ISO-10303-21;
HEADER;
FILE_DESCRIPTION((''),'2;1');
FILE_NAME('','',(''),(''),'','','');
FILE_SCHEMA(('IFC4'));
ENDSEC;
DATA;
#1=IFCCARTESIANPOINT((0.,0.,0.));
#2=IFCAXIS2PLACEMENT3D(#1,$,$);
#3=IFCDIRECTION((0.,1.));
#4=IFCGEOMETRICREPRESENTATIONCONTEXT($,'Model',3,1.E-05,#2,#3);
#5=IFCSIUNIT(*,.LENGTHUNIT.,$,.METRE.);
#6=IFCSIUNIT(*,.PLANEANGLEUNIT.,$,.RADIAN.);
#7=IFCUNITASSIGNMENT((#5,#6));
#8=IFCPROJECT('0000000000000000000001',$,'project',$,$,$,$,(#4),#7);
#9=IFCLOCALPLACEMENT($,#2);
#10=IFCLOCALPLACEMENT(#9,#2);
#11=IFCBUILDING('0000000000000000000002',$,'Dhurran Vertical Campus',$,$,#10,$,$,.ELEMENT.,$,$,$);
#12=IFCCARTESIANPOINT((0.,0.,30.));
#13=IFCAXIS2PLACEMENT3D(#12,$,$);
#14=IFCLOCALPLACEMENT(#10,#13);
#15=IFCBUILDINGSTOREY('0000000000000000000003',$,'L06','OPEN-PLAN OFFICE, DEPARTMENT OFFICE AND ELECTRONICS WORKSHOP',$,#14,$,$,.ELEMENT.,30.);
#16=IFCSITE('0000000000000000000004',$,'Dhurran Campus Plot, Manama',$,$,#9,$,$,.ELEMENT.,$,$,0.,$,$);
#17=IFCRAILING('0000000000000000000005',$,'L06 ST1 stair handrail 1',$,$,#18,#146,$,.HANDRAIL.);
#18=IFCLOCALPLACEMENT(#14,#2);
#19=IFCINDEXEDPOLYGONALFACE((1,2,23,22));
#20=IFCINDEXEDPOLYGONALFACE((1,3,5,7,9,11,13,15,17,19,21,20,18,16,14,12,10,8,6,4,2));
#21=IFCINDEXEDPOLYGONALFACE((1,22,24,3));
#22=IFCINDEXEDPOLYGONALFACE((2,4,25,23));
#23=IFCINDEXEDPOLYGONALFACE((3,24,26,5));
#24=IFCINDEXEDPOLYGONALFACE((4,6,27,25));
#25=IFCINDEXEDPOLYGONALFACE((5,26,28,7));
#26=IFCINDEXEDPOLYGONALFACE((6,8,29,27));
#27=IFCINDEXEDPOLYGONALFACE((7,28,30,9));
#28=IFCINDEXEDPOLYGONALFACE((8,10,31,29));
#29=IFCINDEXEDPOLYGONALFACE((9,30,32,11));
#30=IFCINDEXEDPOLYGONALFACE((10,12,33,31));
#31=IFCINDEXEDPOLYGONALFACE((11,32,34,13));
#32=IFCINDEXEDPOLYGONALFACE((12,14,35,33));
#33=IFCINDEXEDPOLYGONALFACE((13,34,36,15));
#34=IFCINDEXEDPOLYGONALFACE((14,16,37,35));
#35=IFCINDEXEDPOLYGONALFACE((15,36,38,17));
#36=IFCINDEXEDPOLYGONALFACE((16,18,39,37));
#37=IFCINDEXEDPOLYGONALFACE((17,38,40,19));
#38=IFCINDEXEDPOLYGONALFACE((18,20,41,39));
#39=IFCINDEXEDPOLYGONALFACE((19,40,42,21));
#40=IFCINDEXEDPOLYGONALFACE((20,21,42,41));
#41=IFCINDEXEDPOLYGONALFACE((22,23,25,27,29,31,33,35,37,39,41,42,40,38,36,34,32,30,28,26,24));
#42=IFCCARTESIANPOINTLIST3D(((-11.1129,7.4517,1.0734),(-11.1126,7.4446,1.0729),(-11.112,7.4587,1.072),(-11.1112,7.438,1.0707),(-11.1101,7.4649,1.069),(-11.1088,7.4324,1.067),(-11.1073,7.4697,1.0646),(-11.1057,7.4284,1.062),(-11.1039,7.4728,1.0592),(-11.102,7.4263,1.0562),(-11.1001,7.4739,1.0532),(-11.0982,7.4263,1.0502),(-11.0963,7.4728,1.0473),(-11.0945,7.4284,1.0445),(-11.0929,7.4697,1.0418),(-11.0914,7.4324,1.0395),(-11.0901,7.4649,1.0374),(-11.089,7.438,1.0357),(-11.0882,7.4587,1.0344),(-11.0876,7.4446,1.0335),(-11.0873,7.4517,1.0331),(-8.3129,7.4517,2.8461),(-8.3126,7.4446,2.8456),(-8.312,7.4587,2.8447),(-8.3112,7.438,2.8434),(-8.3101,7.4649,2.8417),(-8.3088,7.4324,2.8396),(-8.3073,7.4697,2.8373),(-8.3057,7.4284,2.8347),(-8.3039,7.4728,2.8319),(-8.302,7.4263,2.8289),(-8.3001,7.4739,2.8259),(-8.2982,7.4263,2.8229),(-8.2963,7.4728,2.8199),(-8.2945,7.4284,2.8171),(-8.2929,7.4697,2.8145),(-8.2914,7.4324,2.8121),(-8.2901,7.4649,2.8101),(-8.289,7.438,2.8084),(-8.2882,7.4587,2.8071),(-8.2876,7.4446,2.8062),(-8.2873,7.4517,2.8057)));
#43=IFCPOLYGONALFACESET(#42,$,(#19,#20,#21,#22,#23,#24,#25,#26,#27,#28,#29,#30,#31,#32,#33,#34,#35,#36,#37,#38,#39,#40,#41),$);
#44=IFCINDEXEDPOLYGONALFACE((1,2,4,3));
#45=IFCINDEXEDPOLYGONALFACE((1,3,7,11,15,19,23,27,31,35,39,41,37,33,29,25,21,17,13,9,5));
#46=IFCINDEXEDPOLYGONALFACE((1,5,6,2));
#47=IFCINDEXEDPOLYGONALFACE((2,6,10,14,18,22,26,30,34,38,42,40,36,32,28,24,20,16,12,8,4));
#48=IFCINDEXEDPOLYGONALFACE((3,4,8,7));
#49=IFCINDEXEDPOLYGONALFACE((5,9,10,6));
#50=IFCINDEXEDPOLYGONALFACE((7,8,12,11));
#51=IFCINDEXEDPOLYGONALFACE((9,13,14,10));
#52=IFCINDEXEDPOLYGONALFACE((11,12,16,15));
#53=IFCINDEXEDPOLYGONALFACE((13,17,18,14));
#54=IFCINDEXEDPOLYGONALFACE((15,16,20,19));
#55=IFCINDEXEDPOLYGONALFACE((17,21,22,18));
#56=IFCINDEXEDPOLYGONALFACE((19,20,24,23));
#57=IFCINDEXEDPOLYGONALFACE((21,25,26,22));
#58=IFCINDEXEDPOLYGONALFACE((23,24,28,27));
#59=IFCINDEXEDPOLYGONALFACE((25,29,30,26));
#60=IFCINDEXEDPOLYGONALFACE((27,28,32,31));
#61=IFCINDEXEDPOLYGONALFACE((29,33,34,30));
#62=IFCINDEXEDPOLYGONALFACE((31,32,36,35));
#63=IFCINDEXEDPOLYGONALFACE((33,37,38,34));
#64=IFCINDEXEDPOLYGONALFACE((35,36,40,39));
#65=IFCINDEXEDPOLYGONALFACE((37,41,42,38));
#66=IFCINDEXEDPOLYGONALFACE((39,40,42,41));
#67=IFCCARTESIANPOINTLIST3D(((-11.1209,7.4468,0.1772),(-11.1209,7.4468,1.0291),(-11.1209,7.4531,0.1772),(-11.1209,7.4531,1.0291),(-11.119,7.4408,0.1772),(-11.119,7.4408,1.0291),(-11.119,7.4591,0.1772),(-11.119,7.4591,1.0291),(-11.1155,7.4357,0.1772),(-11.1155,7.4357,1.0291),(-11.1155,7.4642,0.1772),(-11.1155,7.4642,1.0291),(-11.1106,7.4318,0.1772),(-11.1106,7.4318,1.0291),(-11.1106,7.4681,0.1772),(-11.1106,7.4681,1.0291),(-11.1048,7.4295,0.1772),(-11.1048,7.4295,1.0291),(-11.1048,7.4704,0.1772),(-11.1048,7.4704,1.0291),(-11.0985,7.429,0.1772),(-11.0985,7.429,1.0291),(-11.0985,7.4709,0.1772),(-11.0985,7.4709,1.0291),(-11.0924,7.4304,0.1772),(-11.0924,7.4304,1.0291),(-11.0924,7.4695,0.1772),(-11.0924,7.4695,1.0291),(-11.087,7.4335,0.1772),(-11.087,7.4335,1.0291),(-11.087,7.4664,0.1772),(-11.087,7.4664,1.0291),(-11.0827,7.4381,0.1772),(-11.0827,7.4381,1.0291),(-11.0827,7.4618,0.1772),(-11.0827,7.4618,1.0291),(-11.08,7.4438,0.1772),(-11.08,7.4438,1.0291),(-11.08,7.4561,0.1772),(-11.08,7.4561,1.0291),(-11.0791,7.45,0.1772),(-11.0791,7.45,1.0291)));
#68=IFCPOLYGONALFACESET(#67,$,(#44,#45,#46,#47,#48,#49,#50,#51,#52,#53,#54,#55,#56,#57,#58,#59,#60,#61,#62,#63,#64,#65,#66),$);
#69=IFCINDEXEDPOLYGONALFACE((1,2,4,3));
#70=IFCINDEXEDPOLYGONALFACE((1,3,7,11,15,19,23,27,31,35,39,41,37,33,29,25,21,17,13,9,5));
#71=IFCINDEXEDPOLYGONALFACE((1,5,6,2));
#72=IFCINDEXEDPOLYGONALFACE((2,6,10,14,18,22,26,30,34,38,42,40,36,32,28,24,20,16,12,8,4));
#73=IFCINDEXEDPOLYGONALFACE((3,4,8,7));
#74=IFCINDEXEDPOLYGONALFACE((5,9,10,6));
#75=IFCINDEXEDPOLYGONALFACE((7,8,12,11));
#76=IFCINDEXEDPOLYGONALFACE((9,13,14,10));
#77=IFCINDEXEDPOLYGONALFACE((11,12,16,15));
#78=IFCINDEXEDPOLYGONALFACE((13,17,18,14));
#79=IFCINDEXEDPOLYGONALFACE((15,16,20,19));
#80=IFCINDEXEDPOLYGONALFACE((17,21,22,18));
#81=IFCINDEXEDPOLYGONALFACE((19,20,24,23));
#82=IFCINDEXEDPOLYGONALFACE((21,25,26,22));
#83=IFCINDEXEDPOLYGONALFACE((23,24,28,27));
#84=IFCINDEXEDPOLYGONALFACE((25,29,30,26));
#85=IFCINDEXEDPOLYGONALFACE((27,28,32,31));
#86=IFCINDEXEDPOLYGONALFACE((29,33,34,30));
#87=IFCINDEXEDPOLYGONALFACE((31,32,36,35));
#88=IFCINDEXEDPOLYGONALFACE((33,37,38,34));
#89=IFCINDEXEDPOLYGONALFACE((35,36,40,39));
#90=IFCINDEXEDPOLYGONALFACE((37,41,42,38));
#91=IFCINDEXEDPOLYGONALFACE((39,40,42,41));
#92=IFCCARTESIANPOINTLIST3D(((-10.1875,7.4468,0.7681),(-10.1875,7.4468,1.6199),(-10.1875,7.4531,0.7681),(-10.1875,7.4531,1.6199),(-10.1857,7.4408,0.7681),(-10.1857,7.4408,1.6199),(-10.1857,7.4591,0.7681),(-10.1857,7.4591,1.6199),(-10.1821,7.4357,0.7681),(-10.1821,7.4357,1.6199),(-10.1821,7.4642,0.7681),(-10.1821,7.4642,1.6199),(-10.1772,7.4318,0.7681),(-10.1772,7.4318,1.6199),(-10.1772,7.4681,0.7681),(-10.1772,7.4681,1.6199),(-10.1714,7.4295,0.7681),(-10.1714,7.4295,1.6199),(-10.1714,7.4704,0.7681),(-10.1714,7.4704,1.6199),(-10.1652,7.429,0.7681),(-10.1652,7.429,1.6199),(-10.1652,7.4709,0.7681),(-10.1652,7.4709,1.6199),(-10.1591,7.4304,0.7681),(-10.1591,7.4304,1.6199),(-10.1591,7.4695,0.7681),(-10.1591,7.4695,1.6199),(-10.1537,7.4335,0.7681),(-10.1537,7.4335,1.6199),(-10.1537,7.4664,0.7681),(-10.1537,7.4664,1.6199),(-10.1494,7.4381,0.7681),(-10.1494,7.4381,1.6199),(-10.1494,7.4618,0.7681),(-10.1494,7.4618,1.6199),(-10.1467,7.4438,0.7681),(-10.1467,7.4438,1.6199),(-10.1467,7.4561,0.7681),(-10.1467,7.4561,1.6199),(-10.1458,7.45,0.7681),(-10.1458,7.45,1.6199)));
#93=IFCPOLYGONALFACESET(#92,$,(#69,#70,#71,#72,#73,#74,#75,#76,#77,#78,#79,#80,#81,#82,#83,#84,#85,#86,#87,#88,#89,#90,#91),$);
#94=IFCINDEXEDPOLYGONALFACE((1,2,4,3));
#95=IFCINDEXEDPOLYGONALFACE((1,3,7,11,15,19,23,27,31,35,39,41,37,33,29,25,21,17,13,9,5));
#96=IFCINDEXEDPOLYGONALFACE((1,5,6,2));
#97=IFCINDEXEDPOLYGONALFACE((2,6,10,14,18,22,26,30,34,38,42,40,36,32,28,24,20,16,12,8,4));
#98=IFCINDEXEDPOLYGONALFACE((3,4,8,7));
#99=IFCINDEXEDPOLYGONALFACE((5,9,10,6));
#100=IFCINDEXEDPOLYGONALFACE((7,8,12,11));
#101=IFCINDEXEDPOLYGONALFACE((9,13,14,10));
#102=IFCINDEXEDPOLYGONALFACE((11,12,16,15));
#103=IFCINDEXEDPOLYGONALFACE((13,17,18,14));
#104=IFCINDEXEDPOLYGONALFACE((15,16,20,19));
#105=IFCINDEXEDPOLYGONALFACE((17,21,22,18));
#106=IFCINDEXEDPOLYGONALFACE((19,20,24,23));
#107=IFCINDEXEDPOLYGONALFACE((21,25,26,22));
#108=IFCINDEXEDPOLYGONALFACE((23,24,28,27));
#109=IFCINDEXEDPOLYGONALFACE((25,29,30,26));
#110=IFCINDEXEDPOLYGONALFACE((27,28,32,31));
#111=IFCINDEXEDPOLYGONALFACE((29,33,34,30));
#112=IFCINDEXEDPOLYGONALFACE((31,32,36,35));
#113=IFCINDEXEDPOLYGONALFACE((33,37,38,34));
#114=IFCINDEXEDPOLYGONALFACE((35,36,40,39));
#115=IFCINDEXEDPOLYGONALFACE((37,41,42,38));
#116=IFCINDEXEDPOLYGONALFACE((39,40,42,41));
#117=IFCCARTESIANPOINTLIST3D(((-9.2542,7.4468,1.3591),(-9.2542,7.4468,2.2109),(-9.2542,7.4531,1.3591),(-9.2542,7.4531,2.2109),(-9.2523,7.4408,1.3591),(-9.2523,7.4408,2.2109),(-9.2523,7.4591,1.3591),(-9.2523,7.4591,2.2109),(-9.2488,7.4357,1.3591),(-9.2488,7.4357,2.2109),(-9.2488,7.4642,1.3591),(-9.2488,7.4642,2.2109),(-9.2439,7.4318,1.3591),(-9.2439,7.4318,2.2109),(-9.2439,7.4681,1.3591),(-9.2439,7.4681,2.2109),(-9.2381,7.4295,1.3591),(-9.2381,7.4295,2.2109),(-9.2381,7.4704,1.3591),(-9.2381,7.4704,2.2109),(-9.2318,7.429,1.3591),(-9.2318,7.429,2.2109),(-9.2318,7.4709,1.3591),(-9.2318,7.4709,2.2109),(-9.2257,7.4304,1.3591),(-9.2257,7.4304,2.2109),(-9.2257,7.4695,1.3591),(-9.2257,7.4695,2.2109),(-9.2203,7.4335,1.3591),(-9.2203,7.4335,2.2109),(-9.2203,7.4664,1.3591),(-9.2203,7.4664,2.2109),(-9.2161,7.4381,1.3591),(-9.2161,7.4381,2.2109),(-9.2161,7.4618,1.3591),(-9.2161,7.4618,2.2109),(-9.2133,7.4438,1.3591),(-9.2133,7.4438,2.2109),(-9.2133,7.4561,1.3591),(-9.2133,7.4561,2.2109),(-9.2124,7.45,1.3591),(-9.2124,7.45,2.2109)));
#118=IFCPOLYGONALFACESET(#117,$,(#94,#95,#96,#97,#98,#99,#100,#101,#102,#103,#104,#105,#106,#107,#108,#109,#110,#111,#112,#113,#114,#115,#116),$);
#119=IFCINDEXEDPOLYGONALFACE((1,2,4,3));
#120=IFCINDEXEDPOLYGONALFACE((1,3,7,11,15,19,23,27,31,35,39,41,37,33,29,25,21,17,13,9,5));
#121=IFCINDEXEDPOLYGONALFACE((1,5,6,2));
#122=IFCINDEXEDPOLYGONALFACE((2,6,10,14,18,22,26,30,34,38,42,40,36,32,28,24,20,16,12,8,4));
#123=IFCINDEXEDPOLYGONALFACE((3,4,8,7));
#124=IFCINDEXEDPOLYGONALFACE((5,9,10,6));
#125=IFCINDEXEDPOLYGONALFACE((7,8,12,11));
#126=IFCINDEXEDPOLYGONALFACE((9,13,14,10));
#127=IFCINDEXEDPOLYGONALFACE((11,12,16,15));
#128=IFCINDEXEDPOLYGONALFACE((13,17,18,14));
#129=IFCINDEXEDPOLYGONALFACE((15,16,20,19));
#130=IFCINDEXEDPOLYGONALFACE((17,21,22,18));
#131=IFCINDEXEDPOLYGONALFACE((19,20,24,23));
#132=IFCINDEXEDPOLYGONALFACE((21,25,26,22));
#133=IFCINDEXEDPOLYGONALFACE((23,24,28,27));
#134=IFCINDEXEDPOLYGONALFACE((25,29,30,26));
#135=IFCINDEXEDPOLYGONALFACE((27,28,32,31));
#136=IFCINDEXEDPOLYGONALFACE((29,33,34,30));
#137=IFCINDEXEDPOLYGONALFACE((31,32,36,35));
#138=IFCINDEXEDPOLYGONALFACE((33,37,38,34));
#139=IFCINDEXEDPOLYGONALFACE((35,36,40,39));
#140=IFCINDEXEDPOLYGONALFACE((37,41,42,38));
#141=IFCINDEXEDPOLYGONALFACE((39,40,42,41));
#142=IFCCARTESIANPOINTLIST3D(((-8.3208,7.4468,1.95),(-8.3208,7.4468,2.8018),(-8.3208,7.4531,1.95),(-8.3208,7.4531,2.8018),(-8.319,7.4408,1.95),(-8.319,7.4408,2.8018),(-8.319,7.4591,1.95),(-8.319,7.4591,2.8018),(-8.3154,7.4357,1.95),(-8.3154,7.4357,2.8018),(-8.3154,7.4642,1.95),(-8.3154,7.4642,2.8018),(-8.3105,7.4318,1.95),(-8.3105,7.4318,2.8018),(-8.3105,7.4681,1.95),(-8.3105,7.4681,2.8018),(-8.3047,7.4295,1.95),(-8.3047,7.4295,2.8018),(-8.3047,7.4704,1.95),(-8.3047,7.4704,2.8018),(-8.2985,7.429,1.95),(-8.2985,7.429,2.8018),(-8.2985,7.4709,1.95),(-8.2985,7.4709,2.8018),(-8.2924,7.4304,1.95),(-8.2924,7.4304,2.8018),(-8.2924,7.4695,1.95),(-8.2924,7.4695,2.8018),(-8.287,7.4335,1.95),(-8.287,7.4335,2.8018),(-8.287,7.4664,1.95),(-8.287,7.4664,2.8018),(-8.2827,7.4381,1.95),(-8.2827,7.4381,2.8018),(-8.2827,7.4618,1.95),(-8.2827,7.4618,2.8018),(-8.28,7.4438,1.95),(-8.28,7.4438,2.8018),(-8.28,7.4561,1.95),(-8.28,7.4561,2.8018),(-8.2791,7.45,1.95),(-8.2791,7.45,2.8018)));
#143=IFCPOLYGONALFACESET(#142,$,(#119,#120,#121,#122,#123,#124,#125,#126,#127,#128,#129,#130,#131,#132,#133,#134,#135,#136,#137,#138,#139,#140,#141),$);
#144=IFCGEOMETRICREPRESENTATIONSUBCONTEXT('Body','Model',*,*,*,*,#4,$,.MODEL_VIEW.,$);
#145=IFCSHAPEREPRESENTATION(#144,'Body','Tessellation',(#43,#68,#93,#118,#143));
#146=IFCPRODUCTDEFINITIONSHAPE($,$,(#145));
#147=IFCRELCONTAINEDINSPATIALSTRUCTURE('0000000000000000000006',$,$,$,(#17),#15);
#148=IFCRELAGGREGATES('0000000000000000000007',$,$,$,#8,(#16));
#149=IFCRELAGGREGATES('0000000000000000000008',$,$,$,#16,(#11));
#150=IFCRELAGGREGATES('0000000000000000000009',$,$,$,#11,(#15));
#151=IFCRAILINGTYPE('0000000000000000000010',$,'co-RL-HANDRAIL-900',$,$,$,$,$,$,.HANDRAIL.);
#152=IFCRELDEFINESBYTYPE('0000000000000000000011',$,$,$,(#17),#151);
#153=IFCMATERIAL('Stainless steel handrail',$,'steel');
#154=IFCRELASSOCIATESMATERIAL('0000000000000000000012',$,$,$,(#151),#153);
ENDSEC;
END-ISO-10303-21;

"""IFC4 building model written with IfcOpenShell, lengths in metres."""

from ifc_helpers import new_model, si_unit, direction, frame, origin, origin_2d, place, context, subcontext, project, spatial, circle, extrude, material, type_object, element, save


model = new_model("IFC4")

# Units and contexts
model_context = context("Model", 3, precision=1e-05, world=origin(), true_north=direction((0.0, 1.0)))
body_context = subcontext(model_context, "Body", "Model", "MODEL_VIEW")
ifc_project = project(units=[si_unit("LENGTHUNIT", "METRE"), si_unit("PLANEANGLEUNIT", "RADIAN")], contexts=[model_context])

# Site, building, storey
site_placement = place(None, origin())
site = spatial("IfcSite", under=ifc_project, at=site_placement, Name="Dhurran Campus Plot, Manama", CompositionType="ELEMENT", RefElevation=0.0)
building_placement = place(site_placement, origin())
building = spatial("IfcBuilding", under=site, at=building_placement, Name="Dhurran Vertical Campus", CompositionType="ELEMENT")
storey_placement = place(building_placement, frame((0.0, 0.0, 30.0)))
storey = spatial("IfcBuildingStorey", under=building, at=storey_placement, Name="L06", Description="OPEN-PLAN OFFICE, DEPARTMENT OFFICE AND ELECTRONICS WORKSHOP", CompositionType="ELEMENT", Elevation=30.0)

# Railing
ifc_material_1 = material(Name="Stainless steel handrail", Category="steel")
railing_type_1 = type_object("IfcRailingType", Name="co-RL-HANDRAIL-900", PredefinedType="HANDRAIL", material=ifc_material_1)
railing_1_placement = place(storey_placement, frame((-11.1001, 7.45, 0.1772)))
element("IfcRailing", 1, at=railing_1_placement, inside=storey, type_object=railing_type_1, Name="L06 ST1 stair handrail 1", PredefinedType="HANDRAIL", context=body_context, shape_type="SweptSolid", body=[
    extrude(circle(Radius=0.0239, at=origin_2d()), frame((0.0, 0.0, 0.876), z_axis=(0.844909, 0.0, 0.53491), x_axis=(0.0, 1.0, 0.0)), (0.0, 0.0, 1.0), 3.314),
    extrude(circle(Radius=0.021, at=origin_2d()), origin(), (0.0, 0.0, 1.0), 0.8518),
    extrude(circle(Radius=0.021, at=origin_2d()), frame((0.9333, 0.0, 0.5908)), (0.0, 0.0, 1.0), 0.8518),
    extrude(circle(Radius=0.021, at=origin_2d()), frame((1.8667, 0.0, 1.1819)), (0.0, 0.0, 1.0), 0.8518),
    extrude(circle(Radius=0.021, at=origin_2d()), frame((2.8, 0.0, 1.7727)), (0.0, 0.0, 1.0), 0.8518),
])

save(model, "model.ifc")
